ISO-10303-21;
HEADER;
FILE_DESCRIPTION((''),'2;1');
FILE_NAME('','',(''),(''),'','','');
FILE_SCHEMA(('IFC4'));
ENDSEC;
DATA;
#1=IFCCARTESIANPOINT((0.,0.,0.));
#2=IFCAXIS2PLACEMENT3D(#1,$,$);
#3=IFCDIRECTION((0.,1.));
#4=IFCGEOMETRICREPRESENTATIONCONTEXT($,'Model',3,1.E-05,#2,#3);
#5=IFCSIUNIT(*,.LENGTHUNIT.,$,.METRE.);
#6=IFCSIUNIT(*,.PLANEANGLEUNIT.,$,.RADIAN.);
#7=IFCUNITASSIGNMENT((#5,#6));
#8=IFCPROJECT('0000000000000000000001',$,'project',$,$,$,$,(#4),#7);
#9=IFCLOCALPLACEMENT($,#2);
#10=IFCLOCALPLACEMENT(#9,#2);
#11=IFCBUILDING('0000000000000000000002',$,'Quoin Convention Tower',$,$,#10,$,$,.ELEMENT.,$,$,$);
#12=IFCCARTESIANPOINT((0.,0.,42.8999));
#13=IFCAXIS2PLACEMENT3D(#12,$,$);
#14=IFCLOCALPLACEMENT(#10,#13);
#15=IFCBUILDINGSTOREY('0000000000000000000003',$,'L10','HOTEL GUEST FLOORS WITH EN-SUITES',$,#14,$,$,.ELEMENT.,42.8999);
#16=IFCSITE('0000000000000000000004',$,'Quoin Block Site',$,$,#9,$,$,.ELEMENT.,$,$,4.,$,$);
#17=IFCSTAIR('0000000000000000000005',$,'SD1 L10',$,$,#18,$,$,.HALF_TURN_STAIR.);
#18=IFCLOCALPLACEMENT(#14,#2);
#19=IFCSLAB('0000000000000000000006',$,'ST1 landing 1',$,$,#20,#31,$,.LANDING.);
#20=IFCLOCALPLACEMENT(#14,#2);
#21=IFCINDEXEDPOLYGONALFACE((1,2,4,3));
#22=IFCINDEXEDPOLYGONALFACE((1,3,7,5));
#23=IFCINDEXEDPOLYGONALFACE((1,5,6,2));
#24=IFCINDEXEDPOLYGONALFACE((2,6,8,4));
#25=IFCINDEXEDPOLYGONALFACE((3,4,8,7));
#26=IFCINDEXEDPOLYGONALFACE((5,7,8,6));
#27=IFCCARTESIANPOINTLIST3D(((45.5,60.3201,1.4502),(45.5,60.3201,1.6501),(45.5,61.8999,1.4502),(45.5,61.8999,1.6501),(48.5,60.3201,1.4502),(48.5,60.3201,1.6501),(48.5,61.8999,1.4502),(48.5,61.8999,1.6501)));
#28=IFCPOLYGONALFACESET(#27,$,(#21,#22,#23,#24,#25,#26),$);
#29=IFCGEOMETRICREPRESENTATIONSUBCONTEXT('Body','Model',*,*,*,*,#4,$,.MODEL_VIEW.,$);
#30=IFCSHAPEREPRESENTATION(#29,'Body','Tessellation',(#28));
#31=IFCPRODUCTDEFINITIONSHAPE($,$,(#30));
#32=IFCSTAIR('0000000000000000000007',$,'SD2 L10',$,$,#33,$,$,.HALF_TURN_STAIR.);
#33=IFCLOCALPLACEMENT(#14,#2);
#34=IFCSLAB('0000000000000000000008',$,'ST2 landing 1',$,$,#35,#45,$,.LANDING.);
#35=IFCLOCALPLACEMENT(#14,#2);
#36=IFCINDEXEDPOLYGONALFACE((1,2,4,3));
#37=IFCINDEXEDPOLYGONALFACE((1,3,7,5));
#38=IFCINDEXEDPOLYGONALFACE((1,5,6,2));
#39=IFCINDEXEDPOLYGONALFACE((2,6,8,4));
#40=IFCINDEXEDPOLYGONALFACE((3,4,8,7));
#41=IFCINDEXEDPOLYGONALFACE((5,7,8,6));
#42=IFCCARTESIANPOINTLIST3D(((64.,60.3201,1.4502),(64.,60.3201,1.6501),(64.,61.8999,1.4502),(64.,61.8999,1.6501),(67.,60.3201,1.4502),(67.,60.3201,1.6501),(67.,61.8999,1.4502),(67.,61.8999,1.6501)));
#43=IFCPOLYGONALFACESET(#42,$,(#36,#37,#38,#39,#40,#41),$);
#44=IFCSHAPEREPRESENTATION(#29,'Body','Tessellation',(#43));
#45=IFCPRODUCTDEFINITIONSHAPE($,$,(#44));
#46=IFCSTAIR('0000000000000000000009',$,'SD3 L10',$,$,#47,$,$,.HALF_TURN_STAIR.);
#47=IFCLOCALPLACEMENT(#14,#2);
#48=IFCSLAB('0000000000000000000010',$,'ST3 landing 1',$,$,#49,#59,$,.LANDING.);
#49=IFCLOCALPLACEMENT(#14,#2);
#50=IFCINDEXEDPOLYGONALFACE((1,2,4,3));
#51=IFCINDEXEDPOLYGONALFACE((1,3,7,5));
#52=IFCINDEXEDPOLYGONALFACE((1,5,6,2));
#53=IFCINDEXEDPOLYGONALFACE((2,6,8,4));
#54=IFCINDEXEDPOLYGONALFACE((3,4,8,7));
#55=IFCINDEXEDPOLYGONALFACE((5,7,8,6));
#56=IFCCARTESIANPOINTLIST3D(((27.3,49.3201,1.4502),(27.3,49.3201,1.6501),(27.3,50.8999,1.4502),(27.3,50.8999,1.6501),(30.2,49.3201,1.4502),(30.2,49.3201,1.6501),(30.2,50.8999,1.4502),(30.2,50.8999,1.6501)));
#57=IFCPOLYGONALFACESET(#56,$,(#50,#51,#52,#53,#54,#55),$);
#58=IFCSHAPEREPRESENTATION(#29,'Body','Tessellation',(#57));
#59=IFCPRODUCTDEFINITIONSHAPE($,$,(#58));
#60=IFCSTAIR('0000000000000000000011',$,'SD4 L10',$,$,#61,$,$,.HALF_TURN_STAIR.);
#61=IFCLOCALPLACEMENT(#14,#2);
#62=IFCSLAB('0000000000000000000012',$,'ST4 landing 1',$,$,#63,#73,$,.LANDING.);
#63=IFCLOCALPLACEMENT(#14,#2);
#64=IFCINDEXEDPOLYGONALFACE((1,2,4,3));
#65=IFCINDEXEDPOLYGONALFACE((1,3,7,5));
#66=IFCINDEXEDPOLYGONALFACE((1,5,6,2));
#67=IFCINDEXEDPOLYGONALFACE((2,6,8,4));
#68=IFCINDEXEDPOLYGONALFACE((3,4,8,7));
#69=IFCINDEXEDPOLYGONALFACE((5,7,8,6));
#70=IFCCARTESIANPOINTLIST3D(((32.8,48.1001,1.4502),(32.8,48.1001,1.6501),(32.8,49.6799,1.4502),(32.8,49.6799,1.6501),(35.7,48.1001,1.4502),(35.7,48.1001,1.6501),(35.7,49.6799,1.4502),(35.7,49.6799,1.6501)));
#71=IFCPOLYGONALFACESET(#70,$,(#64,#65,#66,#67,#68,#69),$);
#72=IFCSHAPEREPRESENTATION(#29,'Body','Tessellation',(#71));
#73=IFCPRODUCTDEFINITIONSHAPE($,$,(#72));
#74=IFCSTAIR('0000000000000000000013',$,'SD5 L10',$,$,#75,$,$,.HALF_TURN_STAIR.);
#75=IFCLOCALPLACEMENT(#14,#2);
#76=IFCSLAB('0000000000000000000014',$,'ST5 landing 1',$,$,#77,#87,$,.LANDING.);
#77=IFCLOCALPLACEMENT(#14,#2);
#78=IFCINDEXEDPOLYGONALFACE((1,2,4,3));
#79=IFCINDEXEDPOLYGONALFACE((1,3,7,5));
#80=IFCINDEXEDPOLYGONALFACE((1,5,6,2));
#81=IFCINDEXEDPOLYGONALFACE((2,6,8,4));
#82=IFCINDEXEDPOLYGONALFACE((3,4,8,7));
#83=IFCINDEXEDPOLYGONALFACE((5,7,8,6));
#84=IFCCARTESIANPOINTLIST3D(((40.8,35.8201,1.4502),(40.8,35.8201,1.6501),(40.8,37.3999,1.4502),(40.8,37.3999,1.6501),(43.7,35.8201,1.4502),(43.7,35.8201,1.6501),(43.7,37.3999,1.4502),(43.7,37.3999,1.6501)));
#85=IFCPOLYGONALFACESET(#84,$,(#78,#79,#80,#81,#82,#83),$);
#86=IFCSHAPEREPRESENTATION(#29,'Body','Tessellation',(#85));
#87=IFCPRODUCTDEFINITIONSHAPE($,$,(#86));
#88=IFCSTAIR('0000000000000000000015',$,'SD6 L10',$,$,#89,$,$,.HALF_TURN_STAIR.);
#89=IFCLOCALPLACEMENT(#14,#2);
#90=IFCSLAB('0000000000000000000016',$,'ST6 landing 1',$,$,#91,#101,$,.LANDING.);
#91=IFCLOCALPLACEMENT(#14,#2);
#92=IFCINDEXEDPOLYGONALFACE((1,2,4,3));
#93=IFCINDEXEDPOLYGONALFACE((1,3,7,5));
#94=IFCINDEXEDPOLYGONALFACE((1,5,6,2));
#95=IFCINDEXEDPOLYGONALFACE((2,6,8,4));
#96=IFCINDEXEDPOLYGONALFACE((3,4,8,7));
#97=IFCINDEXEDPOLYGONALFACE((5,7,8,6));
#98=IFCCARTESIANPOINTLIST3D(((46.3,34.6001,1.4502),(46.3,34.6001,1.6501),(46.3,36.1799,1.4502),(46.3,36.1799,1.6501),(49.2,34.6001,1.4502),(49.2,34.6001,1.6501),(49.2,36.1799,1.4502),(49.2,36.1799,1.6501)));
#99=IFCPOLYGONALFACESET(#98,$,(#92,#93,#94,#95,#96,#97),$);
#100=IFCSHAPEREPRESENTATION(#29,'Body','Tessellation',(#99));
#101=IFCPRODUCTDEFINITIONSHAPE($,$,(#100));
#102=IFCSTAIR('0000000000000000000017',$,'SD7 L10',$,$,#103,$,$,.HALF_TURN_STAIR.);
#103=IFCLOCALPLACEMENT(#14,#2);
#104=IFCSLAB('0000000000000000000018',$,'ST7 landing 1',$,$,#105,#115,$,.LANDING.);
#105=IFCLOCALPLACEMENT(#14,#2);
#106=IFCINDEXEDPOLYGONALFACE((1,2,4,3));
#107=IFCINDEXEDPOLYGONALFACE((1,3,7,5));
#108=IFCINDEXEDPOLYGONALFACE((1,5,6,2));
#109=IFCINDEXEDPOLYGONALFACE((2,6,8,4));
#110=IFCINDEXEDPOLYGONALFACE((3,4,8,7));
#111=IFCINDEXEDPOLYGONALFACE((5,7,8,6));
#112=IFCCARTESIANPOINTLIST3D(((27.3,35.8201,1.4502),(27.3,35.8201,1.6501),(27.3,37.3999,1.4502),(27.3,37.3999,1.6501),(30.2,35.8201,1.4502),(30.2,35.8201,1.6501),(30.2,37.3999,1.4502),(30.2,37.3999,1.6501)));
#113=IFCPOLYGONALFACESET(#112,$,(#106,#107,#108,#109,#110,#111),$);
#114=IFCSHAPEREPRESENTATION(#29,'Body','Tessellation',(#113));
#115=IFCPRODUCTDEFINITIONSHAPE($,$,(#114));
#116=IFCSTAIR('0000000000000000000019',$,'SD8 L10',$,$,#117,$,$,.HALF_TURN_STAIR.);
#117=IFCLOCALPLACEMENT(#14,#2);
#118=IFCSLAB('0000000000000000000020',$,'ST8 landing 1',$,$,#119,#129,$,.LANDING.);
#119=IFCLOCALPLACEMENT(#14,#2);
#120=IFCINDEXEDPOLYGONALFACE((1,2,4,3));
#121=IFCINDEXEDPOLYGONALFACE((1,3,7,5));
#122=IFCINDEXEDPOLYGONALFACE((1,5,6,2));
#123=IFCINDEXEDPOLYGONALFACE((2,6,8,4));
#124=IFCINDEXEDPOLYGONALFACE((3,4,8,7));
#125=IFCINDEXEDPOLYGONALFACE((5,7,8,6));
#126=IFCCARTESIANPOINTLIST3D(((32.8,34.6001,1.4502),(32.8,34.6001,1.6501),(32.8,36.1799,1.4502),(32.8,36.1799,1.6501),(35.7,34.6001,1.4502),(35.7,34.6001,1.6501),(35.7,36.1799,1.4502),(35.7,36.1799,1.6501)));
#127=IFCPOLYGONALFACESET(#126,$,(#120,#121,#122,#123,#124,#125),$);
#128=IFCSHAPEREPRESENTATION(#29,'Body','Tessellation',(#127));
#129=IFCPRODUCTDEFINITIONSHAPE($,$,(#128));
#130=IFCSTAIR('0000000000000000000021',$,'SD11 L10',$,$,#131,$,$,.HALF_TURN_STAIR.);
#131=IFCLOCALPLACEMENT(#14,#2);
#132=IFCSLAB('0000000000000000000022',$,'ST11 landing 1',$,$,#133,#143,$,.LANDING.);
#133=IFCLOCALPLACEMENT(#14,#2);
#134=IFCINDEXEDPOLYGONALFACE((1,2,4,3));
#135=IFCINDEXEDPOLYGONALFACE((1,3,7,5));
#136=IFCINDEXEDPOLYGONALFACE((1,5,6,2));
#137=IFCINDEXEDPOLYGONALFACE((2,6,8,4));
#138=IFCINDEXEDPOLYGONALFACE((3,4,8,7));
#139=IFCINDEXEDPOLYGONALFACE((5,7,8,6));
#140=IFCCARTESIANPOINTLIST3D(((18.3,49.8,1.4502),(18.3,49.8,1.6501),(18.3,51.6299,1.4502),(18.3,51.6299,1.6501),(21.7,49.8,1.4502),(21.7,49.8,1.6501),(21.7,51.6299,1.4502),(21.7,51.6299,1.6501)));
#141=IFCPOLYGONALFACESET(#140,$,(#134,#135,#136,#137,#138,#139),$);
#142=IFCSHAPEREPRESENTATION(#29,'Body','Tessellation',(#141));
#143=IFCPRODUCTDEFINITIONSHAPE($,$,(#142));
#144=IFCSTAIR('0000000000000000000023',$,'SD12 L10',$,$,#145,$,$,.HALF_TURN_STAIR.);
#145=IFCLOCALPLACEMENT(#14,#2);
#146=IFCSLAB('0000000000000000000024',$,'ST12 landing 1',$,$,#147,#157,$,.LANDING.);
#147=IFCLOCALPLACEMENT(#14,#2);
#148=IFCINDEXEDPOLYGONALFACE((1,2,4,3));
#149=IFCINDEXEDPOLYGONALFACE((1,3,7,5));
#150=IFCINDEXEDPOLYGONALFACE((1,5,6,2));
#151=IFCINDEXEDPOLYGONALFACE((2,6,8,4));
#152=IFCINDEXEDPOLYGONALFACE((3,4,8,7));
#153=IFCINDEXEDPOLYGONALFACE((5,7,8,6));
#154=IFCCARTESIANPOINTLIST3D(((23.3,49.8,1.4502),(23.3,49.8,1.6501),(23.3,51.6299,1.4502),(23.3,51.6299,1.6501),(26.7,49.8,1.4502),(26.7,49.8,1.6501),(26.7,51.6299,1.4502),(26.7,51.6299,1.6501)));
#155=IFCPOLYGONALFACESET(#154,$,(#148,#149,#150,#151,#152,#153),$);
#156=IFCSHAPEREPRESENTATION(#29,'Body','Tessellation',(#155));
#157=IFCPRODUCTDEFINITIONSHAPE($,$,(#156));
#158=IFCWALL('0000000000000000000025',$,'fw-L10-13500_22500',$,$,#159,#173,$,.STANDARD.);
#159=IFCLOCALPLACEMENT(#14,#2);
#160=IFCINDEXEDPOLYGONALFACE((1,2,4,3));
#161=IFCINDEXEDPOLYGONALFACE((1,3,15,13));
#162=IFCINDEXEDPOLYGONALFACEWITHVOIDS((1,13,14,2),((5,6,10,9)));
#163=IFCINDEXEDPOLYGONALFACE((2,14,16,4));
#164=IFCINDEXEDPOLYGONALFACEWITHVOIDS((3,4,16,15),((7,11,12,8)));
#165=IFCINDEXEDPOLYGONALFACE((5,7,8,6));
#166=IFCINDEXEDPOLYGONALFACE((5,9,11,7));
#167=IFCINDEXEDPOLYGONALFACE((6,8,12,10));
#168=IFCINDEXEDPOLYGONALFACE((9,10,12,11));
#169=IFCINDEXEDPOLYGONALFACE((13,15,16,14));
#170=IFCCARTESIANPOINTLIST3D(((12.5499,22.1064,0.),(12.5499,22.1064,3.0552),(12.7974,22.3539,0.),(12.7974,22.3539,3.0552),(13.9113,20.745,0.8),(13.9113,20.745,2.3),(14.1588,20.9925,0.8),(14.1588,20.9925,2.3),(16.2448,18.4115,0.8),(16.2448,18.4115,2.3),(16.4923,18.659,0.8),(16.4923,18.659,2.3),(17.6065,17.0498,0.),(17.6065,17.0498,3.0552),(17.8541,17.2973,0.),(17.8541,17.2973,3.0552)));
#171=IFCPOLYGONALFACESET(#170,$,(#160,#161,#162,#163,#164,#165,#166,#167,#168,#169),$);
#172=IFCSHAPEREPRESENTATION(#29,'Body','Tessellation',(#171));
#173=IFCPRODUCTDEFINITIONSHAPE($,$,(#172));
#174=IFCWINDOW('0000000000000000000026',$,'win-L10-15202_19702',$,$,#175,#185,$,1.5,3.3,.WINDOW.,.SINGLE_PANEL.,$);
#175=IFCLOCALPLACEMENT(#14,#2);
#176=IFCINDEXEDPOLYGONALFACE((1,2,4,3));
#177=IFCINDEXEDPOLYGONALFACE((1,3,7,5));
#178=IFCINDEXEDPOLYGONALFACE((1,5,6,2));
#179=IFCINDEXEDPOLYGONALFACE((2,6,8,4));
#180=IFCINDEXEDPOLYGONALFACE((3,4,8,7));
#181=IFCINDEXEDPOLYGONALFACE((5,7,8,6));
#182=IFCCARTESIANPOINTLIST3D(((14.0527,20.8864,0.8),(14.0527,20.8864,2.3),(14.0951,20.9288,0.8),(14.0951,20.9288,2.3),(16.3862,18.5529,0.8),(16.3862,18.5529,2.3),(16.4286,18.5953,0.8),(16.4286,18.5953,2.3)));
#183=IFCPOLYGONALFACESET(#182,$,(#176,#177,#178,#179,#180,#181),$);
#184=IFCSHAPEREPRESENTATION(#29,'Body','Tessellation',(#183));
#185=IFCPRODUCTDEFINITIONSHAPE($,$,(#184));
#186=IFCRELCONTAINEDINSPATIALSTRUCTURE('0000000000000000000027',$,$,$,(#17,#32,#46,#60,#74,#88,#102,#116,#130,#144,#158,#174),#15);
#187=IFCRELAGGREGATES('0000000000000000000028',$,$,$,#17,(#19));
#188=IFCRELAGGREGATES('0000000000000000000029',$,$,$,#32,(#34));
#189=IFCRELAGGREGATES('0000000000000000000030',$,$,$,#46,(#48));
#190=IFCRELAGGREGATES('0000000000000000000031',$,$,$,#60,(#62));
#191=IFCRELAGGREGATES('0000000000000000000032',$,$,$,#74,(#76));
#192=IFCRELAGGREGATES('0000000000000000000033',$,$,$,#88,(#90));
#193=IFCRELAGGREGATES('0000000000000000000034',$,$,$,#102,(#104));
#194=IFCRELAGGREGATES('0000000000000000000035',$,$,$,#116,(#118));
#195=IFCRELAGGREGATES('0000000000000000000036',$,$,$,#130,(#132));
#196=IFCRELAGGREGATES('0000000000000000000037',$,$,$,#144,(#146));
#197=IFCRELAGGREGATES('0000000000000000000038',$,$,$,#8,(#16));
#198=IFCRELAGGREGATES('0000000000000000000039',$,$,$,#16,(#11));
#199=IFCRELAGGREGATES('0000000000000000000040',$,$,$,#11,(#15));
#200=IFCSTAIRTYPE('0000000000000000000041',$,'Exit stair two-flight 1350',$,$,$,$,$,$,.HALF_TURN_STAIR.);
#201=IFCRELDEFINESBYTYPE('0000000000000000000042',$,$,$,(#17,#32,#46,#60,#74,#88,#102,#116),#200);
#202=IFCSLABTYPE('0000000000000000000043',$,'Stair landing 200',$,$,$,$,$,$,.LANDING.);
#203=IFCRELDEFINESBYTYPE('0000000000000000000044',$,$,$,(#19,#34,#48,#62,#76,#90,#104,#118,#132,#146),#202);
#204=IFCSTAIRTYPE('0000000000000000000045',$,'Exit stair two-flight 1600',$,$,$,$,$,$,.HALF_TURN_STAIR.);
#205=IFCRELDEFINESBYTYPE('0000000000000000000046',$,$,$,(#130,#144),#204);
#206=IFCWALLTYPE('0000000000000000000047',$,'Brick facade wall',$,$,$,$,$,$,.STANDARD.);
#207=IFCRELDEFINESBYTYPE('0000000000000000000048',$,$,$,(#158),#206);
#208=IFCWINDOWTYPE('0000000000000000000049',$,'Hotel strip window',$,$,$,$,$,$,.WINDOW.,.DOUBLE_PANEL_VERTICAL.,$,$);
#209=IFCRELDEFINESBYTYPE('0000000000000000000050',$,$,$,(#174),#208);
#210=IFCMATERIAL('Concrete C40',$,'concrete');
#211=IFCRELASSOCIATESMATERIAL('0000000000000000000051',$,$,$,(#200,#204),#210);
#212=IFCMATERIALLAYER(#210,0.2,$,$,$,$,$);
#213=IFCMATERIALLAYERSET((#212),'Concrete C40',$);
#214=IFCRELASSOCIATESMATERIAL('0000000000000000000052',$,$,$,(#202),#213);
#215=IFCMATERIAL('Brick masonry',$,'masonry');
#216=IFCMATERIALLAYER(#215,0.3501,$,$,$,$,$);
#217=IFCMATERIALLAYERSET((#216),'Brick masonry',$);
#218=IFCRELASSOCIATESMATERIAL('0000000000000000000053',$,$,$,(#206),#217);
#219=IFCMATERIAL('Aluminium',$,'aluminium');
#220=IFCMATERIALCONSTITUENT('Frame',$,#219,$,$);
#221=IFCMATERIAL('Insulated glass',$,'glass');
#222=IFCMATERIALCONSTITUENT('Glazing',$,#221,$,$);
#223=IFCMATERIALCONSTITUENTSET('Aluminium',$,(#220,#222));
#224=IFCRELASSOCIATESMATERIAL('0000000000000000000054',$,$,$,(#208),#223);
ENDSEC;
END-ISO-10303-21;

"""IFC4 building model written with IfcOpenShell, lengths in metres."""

from ifc_helpers import new_model, si_unit, direction, frame, frame_2d, origin, place, context, subcontext, project, spatial, polyline, rectangle, outline, extrude, material, layer, layer_set, constituent, constituent_set, type_object, element, fill, aggregate, save


model = new_model("IFC4")

# Units and contexts
model_context = context("Model", 3, precision=1e-05, world=origin(), true_north=direction((0.0, 1.0)))
body_context = subcontext(model_context, "Body", "Model", "MODEL_VIEW")
ifc_project = project(units=[si_unit("LENGTHUNIT", "METRE"), si_unit("PLANEANGLEUNIT", "RADIAN")], contexts=[model_context])

# Site, building, storey
site_placement = place(None, origin())
site = spatial("IfcSite", under=ifc_project, at=site_placement, Name="Quoin Block Site", CompositionType="ELEMENT", RefElevation=4.0)
building_placement = place(site_placement, origin())
building = spatial("IfcBuilding", under=site, at=building_placement, Name="Quoin Convention Tower", CompositionType="ELEMENT")
storey_placement = place(building_placement, frame((0.0, 0.0, 42.8999)))
storey = spatial("IfcBuildingStorey", under=building, at=storey_placement, Name="L10", Description="HOTEL GUEST FLOORS WITH EN-SUITES", CompositionType="ELEMENT", Elevation=42.8999)

# Stairs, slabs
ifc_material_1 = material(Name="Concrete C40", Category="concrete")
stair_type_1 = type_object("IfcStairType", Name="Exit stair two-flight 1350", PredefinedType="HALF_TURN_STAIR", material=ifc_material_1)
stair_1_placement = place(storey_placement, origin())
stair_1 = element("IfcStair", 1, at=stair_1_placement, inside=storey, type_object=stair_type_1, Name="SD1 L10", PredefinedType="HALF_TURN_STAIR")
ifc_layer_1 = layer(ifc_material_1, 0.2)
ifc_layer_set_1 = layer_set([ifc_layer_1], Name="Concrete C40")
slab_type_1 = type_object("IfcSlabType", Name="Stair landing 200", PredefinedType="LANDING", material=ifc_layer_set_1)
slab_1_placement = place(storey_placement, frame((0.0, 0.0, 1.4502)))
slab_1 = element("IfcSlab", 2, at=slab_1_placement, type_object=slab_type_1, Name="ST1 landing 1", PredefinedType="LANDING", context=body_context, shape_type="SweptSolid", body=[
    extrude(outline(polyline([(45.5, 60.3201), (48.5, 60.3201), (48.5, 61.8999), (45.5, 61.8999), (45.5, 60.3201)])), origin(), (0.0, 0.0, 1.0), 0.2),
])
aggregate(stair_1, [slab_1])
stair_2_placement = place(storey_placement, origin())
stair_2 = element("IfcStair", 3, at=stair_2_placement, inside=storey, type_object=stair_type_1, Name="SD2 L10", PredefinedType="HALF_TURN_STAIR")
slab_2_placement = place(storey_placement, frame((0.0, 0.0, 1.4502)))
slab_2 = element("IfcSlab", 4, at=slab_2_placement, type_object=slab_type_1, Name="ST2 landing 1", PredefinedType="LANDING", context=body_context, shape_type="SweptSolid", body=[
    extrude(outline(polyline([(64.0, 60.3201), (67.0, 60.3201), (67.0, 61.8999), (64.0, 61.8999), (64.0, 60.3201)])), origin(), (0.0, 0.0, 1.0), 0.2),
])
aggregate(stair_2, [slab_2])
stair_3_placement = place(storey_placement, origin())
stair_3 = element("IfcStair", 5, at=stair_3_placement, inside=storey, type_object=stair_type_1, Name="SD3 L10", PredefinedType="HALF_TURN_STAIR")
slab_3_placement = place(storey_placement, frame((0.0, 0.0, 1.4502)))
slab_3 = element("IfcSlab", 6, at=slab_3_placement, type_object=slab_type_1, Name="ST3 landing 1", PredefinedType="LANDING", context=body_context, shape_type="SweptSolid", body=[
    extrude(outline(polyline([(27.3, 49.3201), (30.2, 49.3201), (30.2, 50.8999), (27.3, 50.8999), (27.3, 49.3201)])), origin(), (0.0, 0.0, 1.0), 0.2),
])
aggregate(stair_3, [slab_3])
stair_4_placement = place(storey_placement, origin())
stair_4 = element("IfcStair", 7, at=stair_4_placement, inside=storey, type_object=stair_type_1, Name="SD4 L10", PredefinedType="HALF_TURN_STAIR")
slab_4_placement = place(storey_placement, frame((0.0, 0.0, 1.4502)))
slab_4 = element("IfcSlab", 8, at=slab_4_placement, type_object=slab_type_1, Name="ST4 landing 1", PredefinedType="LANDING", context=body_context, shape_type="SweptSolid", body=[
    extrude(outline(polyline([(35.7, 49.6799), (32.8, 49.6799), (32.8, 48.1001), (35.7, 48.1001), (35.7, 49.6799)])), origin(), (0.0, 0.0, 1.0), 0.2),
])
aggregate(stair_4, [slab_4])
stair_5_placement = place(storey_placement, origin())
stair_5 = element("IfcStair", 9, at=stair_5_placement, inside=storey, type_object=stair_type_1, Name="SD5 L10", PredefinedType="HALF_TURN_STAIR")
slab_5_placement = place(storey_placement, frame((0.0, 0.0, 1.4502)))
slab_5 = element("IfcSlab", 10, at=slab_5_placement, type_object=slab_type_1, Name="ST5 landing 1", PredefinedType="LANDING", context=body_context, shape_type="SweptSolid", body=[
    extrude(outline(polyline([(40.8, 35.8201), (43.7, 35.8201), (43.7, 37.3999), (40.8, 37.3999), (40.8, 35.8201)])), origin(), (0.0, 0.0, 1.0), 0.2),
])
aggregate(stair_5, [slab_5])
stair_6_placement = place(storey_placement, origin())
stair_6 = element("IfcStair", 11, at=stair_6_placement, inside=storey, type_object=stair_type_1, Name="SD6 L10", PredefinedType="HALF_TURN_STAIR")
slab_6_placement = place(storey_placement, frame((0.0, 0.0, 1.4502)))
slab_6 = element("IfcSlab", 12, at=slab_6_placement, type_object=slab_type_1, Name="ST6 landing 1", PredefinedType="LANDING", context=body_context, shape_type="SweptSolid", body=[
    extrude(outline(polyline([(49.2, 36.1799), (46.3, 36.1799), (46.3, 34.6001), (49.2, 34.6001), (49.2, 36.1799)])), origin(), (0.0, 0.0, 1.0), 0.2),
])
aggregate(stair_6, [slab_6])
stair_7_placement = place(storey_placement, origin())
stair_7 = element("IfcStair", 13, at=stair_7_placement, inside=storey, type_object=stair_type_1, Name="SD7 L10", PredefinedType="HALF_TURN_STAIR")
slab_7_placement = place(storey_placement, frame((0.0, 0.0, 1.4502)))
slab_7 = element("IfcSlab", 14, at=slab_7_placement, type_object=slab_type_1, Name="ST7 landing 1", PredefinedType="LANDING", context=body_context, shape_type="SweptSolid", body=[
    extrude(outline(polyline([(27.3, 35.8201), (30.2, 35.8201), (30.2, 37.3999), (27.3, 37.3999), (27.3, 35.8201)])), origin(), (0.0, 0.0, 1.0), 0.2),
])
aggregate(stair_7, [slab_7])
stair_8_placement = place(storey_placement, origin())
stair_8 = element("IfcStair", 15, at=stair_8_placement, inside=storey, type_object=stair_type_1, Name="SD8 L10", PredefinedType="HALF_TURN_STAIR")
slab_8_placement = place(storey_placement, frame((0.0, 0.0, 1.4502)))
slab_8 = element("IfcSlab", 16, at=slab_8_placement, type_object=slab_type_1, Name="ST8 landing 1", PredefinedType="LANDING", context=body_context, shape_type="SweptSolid", body=[
    extrude(outline(polyline([(35.7, 36.1799), (32.8, 36.1799), (32.8, 34.6001), (35.7, 34.6001), (35.7, 36.1799)])), origin(), (0.0, 0.0, 1.0), 0.2),
])
aggregate(stair_8, [slab_8])
stair_type_2 = type_object("IfcStairType", Name="Exit stair two-flight 1600", PredefinedType="HALF_TURN_STAIR", material=ifc_material_1)
stair_9_placement = place(storey_placement, origin())
stair_9 = element("IfcStair", 17, at=stair_9_placement, inside=storey, type_object=stair_type_2, Name="SD11 L10", PredefinedType="HALF_TURN_STAIR")
slab_9_placement = place(storey_placement, frame((0.0, 0.0, 1.4502)))
slab_9 = element("IfcSlab", 18, at=slab_9_placement, type_object=slab_type_1, Name="ST11 landing 1", PredefinedType="LANDING", context=body_context, shape_type="SweptSolid", body=[
    extrude(outline(polyline([(21.7, 51.6299), (18.3, 51.6299), (18.3, 49.8), (21.7, 49.8), (21.7, 51.6299)])), origin(), (0.0, 0.0, 1.0), 0.2),
])
aggregate(stair_9, [slab_9])
stair_10_placement = place(storey_placement, origin())
stair_10 = element("IfcStair", 19, at=stair_10_placement, inside=storey, type_object=stair_type_2, Name="SD12 L10", PredefinedType="HALF_TURN_STAIR")
slab_10_placement = place(storey_placement, frame((0.0, 0.0, 1.4502)))
slab_10 = element("IfcSlab", 20, at=slab_10_placement, type_object=slab_type_1, Name="ST12 landing 1", PredefinedType="LANDING", context=body_context, shape_type="SweptSolid", body=[
    extrude(outline(polyline([(26.7, 51.6299), (23.3, 51.6299), (23.3, 49.8), (26.7, 49.8), (26.7, 51.6299)])), origin(), (0.0, 0.0, 1.0), 0.2),
])
aggregate(stair_10, [slab_10])

# Wall, opening, window
ifc_material_2 = material(Name="Brick masonry", Category="masonry")
ifc_layer_2 = layer(ifc_material_2, 0.3501)
ifc_layer_set_2 = layer_set([ifc_layer_2], Name="Brick masonry")
wall_type_1 = type_object("IfcWallType", Name="Brick facade wall", PredefinedType="STANDARD", material=ifc_layer_set_2)
wall_1_placement = place(storey_placement, frame((12.6736, 22.2302, 0.0), z_axis=(0.0, 0.0, 1.0), x_axis=(0.707107, -0.707107, 0.0)))
wall_1 = element("IfcWall", 21, at=wall_1_placement, inside=storey, type_object=wall_type_1, Name="fw-L10-13500_22500", PredefinedType="STANDARD", context=body_context, shape_type="SweptSolid", body=[
    extrude(rectangle(XDim=7.1511, YDim=0.3501, at=frame_2d((3.5757, 0.0))), origin(), (0.0, 0.0, 1.0), 3.0552),
])
opening_1_placement = place(wall_1_placement, frame((1.9255, 0.0, 0.8)))
opening_1 = element("IfcOpeningElement", 22, at=opening_1_placement, cuts=wall_1, PredefinedType="OPENING", context=body_context, shape_type="SweptSolid", body=[
    extrude(rectangle(XDim=3.3, YDim=1.5, at=frame_2d((1.6499, 0.75))), frame((0.0, 0.1851, 0.0), z_axis=(0.0, -1.0, 0.0), x_axis=(1.0, 0.0, 0.0)), (0.0, 0.0, 1.0), 0.3701),
])
ifc_material_3 = material(Name="Aluminium", Category="aluminium")
ifc_constituent_1 = constituent(ifc_material_3, Name="Frame")
ifc_material_4 = material(Name="Insulated glass", Category="glass")
ifc_constituent_2 = constituent(ifc_material_4, Name="Glazing")
ifc_constituent_set = constituent_set(constituents=[ifc_constituent_1, ifc_constituent_2], Name="Aluminium")
window_type = type_object("IfcWindowType", Name="Hotel strip window", PartitioningType="DOUBLE_PANEL_VERTICAL", PredefinedType="WINDOW", material=ifc_constituent_set)
window_1_placement = place(opening_1_placement, origin())
window_1 = element("IfcWindow", 23, at=window_1_placement, inside=storey, type_object=window_type, Name="win-L10-15202_19702", OverallHeight=1.5, OverallWidth=3.3, PartitioningType="SINGLE_PANEL", PredefinedType="WINDOW", context=body_context, shape_type="SweptSolid", body=[
    extrude(rectangle(XDim=3.3, YDim=1.5, at=frame_2d((1.6499, 0.75))), frame((0.0, 0.085, 0.0), z_axis=(0.0, -1.0, 0.0), x_axis=(1.0, 0.0, 0.0)), (0.0, 0.0, 1.0), 0.0601),
])
fill(opening_1, window_1)

save(model, "model.ifc")
